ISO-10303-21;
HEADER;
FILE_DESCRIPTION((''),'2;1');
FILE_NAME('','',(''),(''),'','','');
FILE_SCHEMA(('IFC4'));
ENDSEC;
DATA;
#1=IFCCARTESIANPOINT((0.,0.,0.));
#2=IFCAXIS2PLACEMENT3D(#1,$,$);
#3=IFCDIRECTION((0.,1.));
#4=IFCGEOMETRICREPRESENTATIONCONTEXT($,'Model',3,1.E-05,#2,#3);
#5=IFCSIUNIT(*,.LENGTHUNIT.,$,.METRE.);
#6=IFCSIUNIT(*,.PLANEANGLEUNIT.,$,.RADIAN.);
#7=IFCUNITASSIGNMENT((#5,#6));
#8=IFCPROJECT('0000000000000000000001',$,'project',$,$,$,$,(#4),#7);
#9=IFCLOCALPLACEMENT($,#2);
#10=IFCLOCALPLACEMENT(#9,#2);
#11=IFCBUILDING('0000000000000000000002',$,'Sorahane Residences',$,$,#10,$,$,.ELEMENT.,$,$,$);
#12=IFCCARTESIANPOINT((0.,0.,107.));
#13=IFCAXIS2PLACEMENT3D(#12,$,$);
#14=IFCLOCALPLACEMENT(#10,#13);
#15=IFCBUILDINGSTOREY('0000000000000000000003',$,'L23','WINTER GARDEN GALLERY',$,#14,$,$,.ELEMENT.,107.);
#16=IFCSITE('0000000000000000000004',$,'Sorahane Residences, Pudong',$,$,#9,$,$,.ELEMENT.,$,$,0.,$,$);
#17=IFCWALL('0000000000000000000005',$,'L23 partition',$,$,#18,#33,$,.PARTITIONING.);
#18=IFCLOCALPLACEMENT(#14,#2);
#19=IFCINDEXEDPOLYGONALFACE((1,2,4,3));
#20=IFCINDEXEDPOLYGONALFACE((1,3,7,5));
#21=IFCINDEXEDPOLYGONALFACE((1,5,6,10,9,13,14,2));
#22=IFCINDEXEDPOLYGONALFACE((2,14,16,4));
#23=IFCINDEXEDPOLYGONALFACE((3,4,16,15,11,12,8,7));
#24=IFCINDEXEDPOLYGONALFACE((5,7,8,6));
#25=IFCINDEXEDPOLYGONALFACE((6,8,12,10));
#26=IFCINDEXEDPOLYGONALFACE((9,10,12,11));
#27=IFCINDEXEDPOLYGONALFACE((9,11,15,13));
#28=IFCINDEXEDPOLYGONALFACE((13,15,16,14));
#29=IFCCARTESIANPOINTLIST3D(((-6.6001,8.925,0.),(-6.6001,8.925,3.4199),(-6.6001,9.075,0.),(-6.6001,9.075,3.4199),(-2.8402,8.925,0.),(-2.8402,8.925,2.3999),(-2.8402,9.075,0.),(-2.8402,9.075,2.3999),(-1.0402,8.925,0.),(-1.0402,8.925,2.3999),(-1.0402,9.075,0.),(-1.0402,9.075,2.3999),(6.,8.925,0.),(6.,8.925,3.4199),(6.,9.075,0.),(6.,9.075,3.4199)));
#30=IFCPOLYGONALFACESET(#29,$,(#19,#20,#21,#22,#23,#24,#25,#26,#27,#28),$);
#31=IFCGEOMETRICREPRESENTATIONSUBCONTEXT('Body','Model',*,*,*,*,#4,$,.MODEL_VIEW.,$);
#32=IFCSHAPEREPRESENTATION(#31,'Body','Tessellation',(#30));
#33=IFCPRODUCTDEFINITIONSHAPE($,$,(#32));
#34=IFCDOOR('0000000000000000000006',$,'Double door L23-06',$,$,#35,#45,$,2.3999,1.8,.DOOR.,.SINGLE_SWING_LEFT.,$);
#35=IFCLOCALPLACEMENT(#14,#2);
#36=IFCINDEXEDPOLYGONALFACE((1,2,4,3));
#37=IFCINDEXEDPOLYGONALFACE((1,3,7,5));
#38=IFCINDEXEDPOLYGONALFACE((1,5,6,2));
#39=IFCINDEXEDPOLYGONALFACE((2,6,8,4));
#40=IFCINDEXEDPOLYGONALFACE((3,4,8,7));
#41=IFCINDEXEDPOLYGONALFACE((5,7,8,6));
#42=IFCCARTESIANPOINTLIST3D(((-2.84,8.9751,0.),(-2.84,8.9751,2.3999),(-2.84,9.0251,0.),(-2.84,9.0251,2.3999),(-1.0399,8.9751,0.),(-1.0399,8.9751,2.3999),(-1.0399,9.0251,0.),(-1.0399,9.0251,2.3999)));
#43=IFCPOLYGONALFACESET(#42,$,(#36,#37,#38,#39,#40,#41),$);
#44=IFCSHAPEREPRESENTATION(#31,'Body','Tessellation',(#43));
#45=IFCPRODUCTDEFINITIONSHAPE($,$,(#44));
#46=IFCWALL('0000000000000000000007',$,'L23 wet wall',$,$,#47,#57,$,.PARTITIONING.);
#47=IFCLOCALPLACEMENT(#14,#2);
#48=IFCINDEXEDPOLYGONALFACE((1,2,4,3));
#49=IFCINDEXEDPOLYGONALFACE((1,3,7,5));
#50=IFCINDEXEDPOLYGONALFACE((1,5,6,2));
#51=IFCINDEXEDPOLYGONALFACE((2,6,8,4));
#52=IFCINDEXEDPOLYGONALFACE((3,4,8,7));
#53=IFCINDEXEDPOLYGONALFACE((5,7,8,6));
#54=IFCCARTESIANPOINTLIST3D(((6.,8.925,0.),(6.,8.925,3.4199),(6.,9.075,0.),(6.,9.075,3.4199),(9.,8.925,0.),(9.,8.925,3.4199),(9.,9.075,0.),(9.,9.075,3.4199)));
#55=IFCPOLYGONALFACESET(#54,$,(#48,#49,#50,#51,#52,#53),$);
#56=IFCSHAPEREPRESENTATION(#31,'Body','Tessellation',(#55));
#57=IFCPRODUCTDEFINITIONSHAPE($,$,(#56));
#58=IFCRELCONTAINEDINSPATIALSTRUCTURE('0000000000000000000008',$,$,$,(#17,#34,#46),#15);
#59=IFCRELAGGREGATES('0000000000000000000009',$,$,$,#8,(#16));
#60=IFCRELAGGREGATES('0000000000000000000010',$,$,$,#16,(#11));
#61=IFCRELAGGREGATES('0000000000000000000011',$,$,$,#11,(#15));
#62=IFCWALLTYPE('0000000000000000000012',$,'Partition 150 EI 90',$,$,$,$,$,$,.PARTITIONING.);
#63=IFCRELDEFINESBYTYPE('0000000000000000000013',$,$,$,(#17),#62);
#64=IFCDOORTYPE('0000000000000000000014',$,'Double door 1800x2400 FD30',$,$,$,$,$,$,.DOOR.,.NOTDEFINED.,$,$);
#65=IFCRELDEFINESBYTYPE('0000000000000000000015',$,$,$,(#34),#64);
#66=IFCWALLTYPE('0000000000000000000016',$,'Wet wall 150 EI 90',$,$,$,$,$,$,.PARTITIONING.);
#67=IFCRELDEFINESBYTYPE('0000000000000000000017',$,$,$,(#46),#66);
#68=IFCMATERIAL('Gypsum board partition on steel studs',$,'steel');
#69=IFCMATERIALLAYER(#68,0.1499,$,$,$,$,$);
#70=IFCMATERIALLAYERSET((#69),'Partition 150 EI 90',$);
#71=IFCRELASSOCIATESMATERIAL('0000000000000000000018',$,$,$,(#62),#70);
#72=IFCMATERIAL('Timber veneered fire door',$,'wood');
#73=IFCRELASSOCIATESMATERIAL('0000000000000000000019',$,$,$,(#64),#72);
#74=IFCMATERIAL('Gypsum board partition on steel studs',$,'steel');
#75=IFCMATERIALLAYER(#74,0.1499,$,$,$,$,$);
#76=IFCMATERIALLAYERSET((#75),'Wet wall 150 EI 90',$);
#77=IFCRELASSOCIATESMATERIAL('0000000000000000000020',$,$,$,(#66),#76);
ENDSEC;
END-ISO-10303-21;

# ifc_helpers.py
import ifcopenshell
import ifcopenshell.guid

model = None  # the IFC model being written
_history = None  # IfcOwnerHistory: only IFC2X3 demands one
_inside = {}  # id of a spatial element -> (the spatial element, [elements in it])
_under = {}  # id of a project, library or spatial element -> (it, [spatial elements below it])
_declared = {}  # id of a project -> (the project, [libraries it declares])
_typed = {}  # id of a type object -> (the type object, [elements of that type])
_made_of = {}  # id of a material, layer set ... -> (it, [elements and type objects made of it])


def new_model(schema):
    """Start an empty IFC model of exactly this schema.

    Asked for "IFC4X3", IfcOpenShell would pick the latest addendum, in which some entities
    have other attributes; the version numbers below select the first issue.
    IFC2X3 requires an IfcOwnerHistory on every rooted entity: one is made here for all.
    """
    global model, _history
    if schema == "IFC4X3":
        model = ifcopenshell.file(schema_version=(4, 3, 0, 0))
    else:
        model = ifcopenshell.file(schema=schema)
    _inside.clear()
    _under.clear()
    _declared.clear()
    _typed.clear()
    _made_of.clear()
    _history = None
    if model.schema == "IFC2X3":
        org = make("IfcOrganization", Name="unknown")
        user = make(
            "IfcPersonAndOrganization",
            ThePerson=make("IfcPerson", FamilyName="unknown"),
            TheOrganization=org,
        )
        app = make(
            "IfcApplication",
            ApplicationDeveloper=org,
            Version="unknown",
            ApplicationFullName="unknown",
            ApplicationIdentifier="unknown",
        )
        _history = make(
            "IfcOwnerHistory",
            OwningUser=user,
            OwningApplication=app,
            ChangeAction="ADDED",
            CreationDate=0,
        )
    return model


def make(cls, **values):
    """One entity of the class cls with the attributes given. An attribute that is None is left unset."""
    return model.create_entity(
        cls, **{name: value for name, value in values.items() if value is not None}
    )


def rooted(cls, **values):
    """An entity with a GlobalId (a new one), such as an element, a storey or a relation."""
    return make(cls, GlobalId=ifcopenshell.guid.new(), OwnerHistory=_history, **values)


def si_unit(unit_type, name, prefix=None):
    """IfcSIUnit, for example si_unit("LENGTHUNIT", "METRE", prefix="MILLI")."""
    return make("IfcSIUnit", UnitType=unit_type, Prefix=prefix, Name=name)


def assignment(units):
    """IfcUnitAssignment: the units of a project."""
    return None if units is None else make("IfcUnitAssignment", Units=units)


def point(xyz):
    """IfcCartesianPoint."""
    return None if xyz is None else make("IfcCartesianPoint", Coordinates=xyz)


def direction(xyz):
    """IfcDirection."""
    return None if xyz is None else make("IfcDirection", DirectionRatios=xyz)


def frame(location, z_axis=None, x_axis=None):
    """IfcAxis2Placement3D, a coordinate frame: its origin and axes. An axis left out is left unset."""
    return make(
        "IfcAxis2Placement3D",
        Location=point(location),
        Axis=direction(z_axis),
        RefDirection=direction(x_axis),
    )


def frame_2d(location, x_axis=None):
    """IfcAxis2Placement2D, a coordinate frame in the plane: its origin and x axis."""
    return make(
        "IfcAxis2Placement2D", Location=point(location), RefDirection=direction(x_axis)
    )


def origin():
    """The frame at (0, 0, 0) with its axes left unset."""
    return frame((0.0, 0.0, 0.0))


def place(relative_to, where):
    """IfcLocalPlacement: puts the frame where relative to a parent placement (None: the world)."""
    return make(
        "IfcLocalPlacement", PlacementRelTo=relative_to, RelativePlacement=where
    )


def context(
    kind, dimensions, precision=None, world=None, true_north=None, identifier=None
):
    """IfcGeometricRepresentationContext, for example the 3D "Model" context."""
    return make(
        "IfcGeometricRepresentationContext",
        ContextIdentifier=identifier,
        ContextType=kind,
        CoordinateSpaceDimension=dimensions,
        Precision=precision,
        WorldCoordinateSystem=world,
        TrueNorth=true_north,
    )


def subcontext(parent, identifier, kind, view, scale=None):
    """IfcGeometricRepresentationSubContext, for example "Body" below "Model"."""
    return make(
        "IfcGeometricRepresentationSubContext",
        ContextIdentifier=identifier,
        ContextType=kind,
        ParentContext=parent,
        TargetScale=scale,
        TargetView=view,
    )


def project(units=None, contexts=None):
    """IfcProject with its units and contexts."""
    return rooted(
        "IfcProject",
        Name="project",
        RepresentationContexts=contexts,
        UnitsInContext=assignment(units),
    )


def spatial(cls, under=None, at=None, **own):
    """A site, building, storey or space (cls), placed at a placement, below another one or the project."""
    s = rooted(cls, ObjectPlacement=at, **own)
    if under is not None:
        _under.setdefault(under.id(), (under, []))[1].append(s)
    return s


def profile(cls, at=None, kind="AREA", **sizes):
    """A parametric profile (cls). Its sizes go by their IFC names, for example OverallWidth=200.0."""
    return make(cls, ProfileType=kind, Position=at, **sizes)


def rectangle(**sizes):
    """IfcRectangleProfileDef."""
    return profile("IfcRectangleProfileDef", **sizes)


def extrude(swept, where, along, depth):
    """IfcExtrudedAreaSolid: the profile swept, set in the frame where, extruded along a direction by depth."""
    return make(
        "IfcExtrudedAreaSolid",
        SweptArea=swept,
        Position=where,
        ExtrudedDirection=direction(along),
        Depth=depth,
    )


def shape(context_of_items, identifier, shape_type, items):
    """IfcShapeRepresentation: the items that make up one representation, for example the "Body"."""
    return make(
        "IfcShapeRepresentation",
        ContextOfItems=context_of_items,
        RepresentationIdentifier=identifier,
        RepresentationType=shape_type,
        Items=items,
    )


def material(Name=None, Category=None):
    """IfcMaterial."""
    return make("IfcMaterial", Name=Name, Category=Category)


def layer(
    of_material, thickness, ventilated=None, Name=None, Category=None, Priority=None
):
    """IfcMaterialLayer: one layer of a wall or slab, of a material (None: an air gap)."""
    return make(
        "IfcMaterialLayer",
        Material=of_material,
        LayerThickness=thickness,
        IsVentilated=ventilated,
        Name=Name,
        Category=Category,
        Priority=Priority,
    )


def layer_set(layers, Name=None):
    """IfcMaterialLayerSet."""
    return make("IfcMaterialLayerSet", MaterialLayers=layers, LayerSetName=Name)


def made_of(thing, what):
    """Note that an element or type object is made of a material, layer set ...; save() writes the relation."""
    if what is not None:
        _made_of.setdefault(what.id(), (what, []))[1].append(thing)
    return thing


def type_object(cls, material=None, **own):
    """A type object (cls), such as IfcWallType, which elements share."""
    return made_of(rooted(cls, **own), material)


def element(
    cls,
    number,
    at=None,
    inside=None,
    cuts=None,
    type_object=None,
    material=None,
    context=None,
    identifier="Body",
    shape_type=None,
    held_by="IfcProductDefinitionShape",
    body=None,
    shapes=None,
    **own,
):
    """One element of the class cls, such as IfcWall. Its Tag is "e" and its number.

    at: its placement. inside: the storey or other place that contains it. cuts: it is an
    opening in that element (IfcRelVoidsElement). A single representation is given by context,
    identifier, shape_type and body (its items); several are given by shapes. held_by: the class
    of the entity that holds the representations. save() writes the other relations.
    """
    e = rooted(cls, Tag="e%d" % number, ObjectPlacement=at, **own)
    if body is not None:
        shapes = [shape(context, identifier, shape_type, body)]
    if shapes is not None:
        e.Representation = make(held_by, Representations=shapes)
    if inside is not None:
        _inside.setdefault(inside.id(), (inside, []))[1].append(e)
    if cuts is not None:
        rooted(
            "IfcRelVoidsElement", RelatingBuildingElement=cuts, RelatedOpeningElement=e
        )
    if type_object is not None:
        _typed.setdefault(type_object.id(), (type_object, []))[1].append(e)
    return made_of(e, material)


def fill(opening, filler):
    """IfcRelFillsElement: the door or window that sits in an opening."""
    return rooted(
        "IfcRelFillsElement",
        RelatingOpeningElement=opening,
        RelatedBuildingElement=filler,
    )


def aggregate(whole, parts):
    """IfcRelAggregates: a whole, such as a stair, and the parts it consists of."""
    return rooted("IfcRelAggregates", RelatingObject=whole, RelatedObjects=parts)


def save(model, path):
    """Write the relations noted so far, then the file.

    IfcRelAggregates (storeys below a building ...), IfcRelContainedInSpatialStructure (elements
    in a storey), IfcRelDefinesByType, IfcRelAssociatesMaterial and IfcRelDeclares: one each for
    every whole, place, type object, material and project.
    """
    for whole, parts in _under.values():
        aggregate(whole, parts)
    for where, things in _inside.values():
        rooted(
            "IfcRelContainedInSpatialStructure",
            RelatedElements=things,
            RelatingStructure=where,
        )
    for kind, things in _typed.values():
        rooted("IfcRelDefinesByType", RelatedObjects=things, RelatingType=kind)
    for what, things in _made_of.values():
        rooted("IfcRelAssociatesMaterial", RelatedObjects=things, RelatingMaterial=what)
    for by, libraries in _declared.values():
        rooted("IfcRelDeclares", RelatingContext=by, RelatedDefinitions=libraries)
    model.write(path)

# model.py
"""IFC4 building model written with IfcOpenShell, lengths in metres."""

from ifc_helpers import new_model, si_unit, direction, frame, frame_2d, origin, place, context, subcontext, project, spatial, rectangle, extrude, material, layer, layer_set, type_object, element, fill, save


model = new_model("IFC4")

# Units and contexts
model_context = context("Model", 3, precision=1e-05, world=origin(), true_north=direction((0.0, 1.0)))
body_context = subcontext(model_context, "Body", "Model", "MODEL_VIEW")
ifc_project = project(units=[si_unit("LENGTHUNIT", "METRE"), si_unit("PLANEANGLEUNIT", "RADIAN")], contexts=[model_context])

# Site, building, storey
site_placement = place(None, origin())
site = spatial("IfcSite", under=ifc_project, at=site_placement, Name="Sorahane Residences, Pudong", CompositionType="ELEMENT", RefElevation=0.0)
building_placement = place(site_placement, origin())
building = spatial("IfcBuilding", under=site, at=building_placement, Name="Sorahane Residences", CompositionType="ELEMENT")
storey_placement = place(building_placement, frame((0.0, 0.0, 107.0)))
storey = spatial("IfcBuildingStorey", under=building, at=storey_placement, Name="L23", Description="WINTER GARDEN GALLERY", CompositionType="ELEMENT", Elevation=107.0)

# Shared definitions
ifc_material_1 = material(Name="Gypsum board partition on steel studs", Category="steel")
ifc_layer_1 = layer(ifc_material_1, 0.1499)
ifc_layer_set_1 = layer_set([ifc_layer_1], Name="Partition 150 EI 90")
wall_type_1 = type_object("IfcWallType", Name="Partition 150 EI 90", PredefinedType="PARTITIONING", material=ifc_layer_set_1)

# Wall, opening, door
wall_1_placement = place(storey_placement, frame((-6.6001, 9.0, 0.0), z_axis=(0.0, 0.0, 1.0), x_axis=(1.0, 0.0, 0.0)))
wall_1 = element("IfcWall", 1, at=wall_1_placement, inside=storey, type_object=wall_type_1, Name="L23 partition", PredefinedType="PARTITIONING", context=body_context, shape_type="SweptSolid", body=[
    extrude(rectangle(XDim=12.6001, YDim=0.1499, at=frame_2d((6.3, 0.0))), origin(), (0.0, 0.0, 1.0), 3.4199),
])
opening_1_placement = place(wall_1_placement, frame((3.76, 0.0, 0.0)))
opening_1 = element("IfcOpeningElement", 2, at=opening_1_placement, cuts=wall_1, PredefinedType="OPENING", context=body_context, shape_type="SweptSolid", body=[
    extrude(rectangle(XDim=1.8, YDim=2.3999, at=frame_2d((0.8999, 1.2))), frame((0.0, 0.085, 0.0), z_axis=(0.0, -1.0, 0.0), x_axis=(1.0, 0.0, 0.0)), (0.0, 0.0, 1.0), 0.1699),
])
ifc_material_2 = material(Name="Timber veneered fire door", Category="wood")
door_type_1 = type_object("IfcDoorType", Name="Double door 1800x2400 FD30", OperationType="NOTDEFINED", PredefinedType="DOOR", material=ifc_material_2)
door_1_placement = place(opening_1_placement, frame((1.8, 0.0, 0.0), z_axis=(0.0, 0.0, 1.0), x_axis=(-1.0, 0.0, 0.0)))
door_1 = element("IfcDoor", 3, at=door_1_placement, inside=storey, type_object=door_type_1, Name="Double door L23-06", OperationType="SINGLE_SWING_LEFT", OverallHeight=2.3999, OverallWidth=1.8, PredefinedType="DOOR", context=body_context, shape_type="SweptSolid", body=[
    extrude(rectangle(XDim=1.8, YDim=2.3999, at=frame_2d((0.8999, 1.2))), frame((0.0, 0.0249, 0.0), z_axis=(0.0, -1.0, 0.0), x_axis=(1.0, 0.0, 0.0)), (0.0, 0.0, 1.0), 0.05),
])
fill(opening_1, door_1)
ifc_material_3 = material(Name="Gypsum board partition on steel studs", Category="steel")
ifc_layer_2 = layer(ifc_material_3, 0.1499)
ifc_layer_set_2 = layer_set([ifc_layer_2], Name="Wet wall 150 EI 90")
wall_type_2 = type_object("IfcWallType", Name="Wet wall 150 EI 90", PredefinedType="PARTITIONING", material=ifc_layer_set_2)

# Wall
wall_2_placement = place(storey_placement, frame((6.0, 9.0, 0.0), z_axis=(0.0, 0.0, 1.0), x_axis=(1.0, 0.0, 0.0)))
element("IfcWall", 4, at=wall_2_placement, inside=storey, type_object=wall_type_2, Name="L23 wet wall", PredefinedType="PARTITIONING", context=body_context, shape_type="SweptSolid", body=[
    extrude(rectangle(XDim=3.0, YDim=0.1499, at=frame_2d((1.5, 0.0))), origin(), (0.0, 0.0, 1.0), 3.4199),
])

save(model, "model.ifc")
